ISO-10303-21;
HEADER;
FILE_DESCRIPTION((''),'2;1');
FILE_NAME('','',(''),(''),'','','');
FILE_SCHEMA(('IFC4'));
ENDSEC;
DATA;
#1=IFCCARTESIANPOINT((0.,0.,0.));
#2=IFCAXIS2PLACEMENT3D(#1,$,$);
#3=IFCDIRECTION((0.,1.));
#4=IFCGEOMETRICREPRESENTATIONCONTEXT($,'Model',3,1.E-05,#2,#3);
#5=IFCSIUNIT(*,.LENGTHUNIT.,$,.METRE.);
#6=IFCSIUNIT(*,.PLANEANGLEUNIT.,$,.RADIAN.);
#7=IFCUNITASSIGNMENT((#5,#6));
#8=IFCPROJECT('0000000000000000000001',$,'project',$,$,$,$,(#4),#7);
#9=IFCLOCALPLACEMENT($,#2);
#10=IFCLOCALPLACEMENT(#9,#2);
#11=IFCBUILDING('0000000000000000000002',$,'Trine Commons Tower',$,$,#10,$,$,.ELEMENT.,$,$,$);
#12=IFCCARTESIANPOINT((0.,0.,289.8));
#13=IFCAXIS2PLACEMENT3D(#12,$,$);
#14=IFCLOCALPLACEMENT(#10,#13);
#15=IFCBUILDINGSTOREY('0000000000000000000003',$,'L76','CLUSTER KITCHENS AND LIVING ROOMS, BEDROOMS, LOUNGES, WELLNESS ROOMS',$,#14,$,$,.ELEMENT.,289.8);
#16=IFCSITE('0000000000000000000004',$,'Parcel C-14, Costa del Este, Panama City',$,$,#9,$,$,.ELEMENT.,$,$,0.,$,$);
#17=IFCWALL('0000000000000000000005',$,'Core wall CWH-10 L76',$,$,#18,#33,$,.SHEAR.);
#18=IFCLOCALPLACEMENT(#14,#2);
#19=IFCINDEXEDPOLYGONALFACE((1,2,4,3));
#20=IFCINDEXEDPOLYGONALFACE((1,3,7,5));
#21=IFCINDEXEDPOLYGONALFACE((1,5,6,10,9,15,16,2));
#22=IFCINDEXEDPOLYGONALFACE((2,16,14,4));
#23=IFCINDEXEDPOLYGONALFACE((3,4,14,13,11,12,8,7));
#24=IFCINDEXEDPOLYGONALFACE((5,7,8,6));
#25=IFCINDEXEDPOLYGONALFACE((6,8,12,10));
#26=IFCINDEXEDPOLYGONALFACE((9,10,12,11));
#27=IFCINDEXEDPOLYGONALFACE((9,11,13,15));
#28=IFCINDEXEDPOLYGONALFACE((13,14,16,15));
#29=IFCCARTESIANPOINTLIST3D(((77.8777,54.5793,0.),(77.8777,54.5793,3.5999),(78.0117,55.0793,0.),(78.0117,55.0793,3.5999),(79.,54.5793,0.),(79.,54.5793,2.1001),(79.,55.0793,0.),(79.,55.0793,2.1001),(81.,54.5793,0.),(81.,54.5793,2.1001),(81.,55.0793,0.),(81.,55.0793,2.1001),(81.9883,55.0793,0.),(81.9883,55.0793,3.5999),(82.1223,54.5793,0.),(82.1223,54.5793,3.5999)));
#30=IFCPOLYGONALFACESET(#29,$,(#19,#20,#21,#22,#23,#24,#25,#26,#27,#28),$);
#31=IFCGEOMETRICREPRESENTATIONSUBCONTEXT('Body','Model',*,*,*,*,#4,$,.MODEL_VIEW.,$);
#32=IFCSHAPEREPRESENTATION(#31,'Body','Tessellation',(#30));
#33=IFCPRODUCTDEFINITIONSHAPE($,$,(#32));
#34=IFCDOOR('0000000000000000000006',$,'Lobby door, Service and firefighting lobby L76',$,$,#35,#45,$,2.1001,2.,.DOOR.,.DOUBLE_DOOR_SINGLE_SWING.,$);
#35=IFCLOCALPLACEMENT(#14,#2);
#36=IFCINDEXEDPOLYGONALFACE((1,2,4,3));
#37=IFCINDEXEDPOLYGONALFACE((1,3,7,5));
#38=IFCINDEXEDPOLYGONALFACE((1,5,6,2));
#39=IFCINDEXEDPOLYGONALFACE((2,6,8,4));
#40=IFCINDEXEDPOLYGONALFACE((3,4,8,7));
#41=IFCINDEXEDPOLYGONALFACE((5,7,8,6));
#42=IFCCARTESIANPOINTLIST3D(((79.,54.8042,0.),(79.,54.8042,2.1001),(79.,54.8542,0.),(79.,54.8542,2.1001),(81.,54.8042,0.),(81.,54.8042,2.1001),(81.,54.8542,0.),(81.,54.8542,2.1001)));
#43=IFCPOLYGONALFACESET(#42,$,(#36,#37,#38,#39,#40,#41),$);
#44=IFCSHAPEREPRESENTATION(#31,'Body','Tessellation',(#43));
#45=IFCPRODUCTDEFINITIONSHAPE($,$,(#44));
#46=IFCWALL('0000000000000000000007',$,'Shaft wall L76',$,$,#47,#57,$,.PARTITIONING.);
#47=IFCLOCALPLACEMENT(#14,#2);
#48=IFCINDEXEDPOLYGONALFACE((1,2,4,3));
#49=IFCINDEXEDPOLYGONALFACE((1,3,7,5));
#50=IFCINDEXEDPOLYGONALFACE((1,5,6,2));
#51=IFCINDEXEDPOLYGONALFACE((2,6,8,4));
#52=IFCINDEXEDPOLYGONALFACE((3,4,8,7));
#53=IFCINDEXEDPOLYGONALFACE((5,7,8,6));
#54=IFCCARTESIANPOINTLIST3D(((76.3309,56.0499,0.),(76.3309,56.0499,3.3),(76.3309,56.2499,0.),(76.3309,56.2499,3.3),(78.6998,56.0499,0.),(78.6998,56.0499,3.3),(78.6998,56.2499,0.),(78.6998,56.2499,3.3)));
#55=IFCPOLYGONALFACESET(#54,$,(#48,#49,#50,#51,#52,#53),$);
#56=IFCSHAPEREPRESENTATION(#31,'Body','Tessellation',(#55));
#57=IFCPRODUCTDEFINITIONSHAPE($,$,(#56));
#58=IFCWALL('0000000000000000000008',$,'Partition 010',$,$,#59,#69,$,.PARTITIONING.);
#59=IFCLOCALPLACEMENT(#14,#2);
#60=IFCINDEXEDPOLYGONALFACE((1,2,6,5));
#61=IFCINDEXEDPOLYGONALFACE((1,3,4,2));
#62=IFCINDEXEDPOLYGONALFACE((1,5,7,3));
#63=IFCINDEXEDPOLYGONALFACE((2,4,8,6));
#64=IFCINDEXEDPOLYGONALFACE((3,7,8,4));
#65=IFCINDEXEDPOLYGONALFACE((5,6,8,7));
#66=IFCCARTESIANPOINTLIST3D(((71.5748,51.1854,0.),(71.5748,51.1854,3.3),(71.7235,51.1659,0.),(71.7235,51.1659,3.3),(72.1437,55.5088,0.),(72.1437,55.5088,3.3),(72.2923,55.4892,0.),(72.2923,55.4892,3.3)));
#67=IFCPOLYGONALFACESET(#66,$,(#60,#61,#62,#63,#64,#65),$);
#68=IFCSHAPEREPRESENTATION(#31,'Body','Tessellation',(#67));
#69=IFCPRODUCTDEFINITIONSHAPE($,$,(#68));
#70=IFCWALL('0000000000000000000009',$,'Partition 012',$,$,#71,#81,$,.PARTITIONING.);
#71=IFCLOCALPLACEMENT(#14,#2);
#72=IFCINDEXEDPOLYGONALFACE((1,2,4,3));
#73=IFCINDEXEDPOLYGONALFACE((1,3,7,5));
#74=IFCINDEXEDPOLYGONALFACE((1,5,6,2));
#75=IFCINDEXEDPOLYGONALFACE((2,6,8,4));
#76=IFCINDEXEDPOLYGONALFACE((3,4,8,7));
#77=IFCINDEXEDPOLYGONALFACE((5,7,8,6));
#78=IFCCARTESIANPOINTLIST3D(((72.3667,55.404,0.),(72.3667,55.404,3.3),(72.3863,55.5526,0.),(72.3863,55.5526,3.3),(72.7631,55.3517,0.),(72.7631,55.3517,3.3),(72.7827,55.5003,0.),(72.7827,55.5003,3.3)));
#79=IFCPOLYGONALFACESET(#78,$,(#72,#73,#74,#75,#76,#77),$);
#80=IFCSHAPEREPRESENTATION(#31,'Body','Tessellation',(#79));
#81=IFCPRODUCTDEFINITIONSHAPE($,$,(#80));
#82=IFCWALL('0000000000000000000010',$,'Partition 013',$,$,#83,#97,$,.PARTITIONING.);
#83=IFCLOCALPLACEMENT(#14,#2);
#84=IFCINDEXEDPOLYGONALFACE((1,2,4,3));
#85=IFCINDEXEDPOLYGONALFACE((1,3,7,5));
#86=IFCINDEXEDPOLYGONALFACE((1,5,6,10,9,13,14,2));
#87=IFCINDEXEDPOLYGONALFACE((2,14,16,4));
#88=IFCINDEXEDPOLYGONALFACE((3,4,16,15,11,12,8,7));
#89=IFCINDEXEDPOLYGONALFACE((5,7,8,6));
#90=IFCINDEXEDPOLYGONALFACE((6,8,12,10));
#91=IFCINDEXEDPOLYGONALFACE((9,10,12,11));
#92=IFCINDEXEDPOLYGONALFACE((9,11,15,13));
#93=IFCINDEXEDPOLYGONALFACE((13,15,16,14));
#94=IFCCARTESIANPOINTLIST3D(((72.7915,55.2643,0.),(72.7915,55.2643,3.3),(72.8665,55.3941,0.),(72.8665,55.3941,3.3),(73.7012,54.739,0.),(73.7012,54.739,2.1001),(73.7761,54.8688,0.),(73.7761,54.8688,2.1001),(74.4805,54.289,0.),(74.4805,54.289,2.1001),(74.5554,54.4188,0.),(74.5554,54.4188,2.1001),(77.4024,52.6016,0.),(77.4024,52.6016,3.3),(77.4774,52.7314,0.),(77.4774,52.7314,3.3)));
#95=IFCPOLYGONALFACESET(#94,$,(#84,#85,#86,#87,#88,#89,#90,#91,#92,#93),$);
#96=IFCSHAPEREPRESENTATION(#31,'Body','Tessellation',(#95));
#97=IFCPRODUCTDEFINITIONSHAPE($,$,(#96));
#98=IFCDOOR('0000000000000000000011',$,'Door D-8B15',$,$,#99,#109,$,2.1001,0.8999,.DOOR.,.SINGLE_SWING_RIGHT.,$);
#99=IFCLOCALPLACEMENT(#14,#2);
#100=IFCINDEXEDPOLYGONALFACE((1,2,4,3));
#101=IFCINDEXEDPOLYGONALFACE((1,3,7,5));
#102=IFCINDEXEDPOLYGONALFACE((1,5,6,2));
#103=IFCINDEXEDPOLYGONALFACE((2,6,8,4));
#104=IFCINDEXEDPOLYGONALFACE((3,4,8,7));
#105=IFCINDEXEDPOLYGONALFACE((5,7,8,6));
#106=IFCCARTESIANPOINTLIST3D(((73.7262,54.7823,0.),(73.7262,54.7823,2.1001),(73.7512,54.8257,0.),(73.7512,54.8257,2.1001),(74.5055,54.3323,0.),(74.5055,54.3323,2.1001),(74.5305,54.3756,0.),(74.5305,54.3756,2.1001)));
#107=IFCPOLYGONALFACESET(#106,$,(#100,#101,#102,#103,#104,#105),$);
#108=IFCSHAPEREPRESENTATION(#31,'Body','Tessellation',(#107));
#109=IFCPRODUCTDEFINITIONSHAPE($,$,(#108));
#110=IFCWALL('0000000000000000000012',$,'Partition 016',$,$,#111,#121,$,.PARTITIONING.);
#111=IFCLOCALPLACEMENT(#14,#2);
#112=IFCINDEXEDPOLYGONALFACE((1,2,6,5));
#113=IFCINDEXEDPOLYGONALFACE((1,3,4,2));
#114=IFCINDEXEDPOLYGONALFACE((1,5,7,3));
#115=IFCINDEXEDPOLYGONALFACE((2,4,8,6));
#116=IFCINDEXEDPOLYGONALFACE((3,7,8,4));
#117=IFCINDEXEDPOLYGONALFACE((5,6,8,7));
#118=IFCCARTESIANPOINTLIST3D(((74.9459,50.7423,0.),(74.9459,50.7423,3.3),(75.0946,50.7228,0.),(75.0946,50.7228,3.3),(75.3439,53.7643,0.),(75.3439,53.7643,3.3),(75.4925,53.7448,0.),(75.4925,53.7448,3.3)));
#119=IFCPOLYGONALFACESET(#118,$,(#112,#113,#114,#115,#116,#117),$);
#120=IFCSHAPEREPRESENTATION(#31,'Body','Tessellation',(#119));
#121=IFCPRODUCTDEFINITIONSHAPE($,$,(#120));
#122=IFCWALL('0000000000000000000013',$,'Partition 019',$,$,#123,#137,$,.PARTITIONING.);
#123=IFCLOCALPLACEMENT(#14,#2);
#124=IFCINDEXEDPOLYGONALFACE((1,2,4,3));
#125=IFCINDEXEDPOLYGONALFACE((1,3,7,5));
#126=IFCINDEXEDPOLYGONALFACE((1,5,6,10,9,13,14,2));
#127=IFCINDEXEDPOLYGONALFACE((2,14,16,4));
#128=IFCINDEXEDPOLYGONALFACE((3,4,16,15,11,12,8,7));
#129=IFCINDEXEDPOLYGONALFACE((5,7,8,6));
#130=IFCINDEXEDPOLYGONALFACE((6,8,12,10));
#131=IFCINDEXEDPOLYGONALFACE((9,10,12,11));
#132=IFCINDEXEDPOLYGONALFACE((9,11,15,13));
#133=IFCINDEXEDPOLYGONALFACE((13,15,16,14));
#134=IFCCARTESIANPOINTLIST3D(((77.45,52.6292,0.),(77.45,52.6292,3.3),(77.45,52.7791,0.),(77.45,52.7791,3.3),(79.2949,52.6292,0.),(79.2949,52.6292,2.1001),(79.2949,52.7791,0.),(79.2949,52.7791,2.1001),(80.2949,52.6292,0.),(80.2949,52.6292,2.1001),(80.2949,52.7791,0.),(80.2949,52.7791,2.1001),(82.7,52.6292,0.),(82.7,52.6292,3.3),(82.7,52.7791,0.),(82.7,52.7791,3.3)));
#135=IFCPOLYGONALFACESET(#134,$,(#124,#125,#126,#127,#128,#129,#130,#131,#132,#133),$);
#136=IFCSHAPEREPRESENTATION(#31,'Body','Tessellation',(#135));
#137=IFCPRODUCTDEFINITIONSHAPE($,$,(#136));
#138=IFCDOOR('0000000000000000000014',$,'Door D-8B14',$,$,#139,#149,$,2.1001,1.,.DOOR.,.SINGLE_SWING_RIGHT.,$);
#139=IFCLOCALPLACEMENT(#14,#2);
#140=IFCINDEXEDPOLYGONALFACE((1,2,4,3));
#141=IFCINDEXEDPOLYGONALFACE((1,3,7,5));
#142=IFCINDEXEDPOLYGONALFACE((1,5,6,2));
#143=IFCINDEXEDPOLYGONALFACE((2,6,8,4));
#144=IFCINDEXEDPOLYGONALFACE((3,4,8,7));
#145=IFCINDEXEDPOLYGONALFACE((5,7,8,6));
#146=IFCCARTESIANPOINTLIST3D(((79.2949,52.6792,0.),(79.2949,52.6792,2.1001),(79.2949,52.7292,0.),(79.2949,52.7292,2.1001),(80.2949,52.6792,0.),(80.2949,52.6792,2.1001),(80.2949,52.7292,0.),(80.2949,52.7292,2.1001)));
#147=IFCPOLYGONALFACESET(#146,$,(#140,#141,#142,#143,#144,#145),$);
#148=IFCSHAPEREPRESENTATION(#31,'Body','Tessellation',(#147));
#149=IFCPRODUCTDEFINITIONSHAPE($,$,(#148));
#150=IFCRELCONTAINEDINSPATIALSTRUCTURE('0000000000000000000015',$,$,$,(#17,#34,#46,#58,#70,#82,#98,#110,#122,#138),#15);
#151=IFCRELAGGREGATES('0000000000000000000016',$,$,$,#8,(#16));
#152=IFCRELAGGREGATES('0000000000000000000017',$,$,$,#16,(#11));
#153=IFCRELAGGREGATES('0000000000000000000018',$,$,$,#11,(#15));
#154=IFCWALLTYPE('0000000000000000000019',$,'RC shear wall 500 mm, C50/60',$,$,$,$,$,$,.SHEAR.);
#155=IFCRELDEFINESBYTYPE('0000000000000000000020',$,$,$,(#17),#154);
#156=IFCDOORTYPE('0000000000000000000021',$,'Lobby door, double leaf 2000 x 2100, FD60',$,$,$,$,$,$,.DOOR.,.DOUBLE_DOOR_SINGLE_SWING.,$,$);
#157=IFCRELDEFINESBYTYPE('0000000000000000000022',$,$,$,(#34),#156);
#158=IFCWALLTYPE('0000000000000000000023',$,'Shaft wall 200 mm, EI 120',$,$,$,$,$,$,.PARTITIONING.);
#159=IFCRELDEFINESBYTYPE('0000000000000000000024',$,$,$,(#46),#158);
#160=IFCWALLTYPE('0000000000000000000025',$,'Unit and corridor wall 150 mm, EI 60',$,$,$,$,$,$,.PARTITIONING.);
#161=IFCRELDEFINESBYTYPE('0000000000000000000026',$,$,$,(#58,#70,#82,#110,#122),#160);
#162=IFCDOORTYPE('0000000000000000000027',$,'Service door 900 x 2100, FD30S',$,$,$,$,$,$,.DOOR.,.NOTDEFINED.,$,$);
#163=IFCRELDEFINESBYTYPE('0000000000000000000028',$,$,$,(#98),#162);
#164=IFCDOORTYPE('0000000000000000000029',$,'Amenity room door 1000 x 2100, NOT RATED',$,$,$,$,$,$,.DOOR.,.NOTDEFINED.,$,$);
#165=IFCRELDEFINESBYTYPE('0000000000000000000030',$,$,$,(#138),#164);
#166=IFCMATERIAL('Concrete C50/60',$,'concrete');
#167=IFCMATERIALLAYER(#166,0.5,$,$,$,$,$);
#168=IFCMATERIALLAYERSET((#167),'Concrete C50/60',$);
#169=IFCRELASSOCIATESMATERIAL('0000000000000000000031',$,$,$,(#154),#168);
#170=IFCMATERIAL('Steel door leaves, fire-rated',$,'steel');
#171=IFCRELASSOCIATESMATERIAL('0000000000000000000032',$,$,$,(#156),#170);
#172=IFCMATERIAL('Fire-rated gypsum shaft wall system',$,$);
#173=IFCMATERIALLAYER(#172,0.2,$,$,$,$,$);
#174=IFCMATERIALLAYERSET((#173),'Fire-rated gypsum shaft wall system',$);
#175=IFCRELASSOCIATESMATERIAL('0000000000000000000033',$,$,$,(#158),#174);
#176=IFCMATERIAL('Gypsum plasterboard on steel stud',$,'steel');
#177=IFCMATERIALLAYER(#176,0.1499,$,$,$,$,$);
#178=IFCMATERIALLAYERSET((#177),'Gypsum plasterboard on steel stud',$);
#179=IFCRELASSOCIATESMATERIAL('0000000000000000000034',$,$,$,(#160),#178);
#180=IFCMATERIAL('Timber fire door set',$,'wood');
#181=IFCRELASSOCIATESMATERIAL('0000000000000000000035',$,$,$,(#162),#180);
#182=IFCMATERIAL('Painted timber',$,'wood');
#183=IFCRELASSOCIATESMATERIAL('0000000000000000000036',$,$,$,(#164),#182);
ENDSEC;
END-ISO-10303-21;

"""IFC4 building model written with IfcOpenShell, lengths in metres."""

from ifc_helpers import new_model, si_unit, direction, frame, frame_2d, origin, place, context, subcontext, project, spatial, polyline, rectangle, outline, extrude, material, layer, layer_set, type_object, element, fill, save


model = new_model("IFC4")

# Units and contexts
model_context = context("Model", 3, precision=1e-05, world=origin(), true_north=direction((0.0, 1.0)))
body_context = subcontext(model_context, "Body", "Model", "MODEL_VIEW")
ifc_project = project(units=[si_unit("LENGTHUNIT", "METRE"), si_unit("PLANEANGLEUNIT", "RADIAN")], contexts=[model_context])

# Site, building, storey
site_placement = place(None, origin())
site = spatial("IfcSite", under=ifc_project, at=site_placement, Name="Parcel C-14, Costa del Este, Panama City", CompositionType="ELEMENT", RefElevation=0.0)
building_placement = place(site_placement, origin())
building = spatial("IfcBuilding", under=site, at=building_placement, Name="Trine Commons Tower", CompositionType="ELEMENT")
storey_placement = place(building_placement, frame((0.0, 0.0, 289.8)))
storey = spatial("IfcBuildingStorey", under=building, at=storey_placement, Name="L76", Description="CLUSTER KITCHENS AND LIVING ROOMS, BEDROOMS, LOUNGES, WELLNESS ROOMS", CompositionType="ELEMENT", Elevation=289.8)

# Shared definitions
ifc_material_1 = material(Name="Concrete C50/60", Category="concrete")

# Shared definitions
ifc_layer_1 = layer(ifc_material_1, 0.5)
ifc_layer_set_1 = layer_set([ifc_layer_1], Name="Concrete C50/60")
wall_type_1 = type_object("IfcWallType", Name="RC shear wall 500 mm, C50/60", PredefinedType="SHEAR", material=ifc_layer_set_1)

# Wall, opening, door
wall_1_placement = place(storey_placement, frame((77.8777, 54.8293, 0.0), z_axis=(0.0, 0.0, 1.0), x_axis=(1.0, 0.0, 0.0)))
wall_1 = element("IfcWall", 1, at=wall_1_placement, inside=storey, type_object=wall_type_1, Name="Core wall CWH-10 L76", PredefinedType="SHEAR", context=body_context, shape_type="SweptSolid", body=[
    extrude(outline(polyline([(0.0, -0.25), (4.2446, -0.25), (4.1106, 0.25), (0.134, 0.25), (0.0, -0.25)])), origin(), (0.0, 0.0, 1.0), 3.5999),
])
opening_1_placement = place(wall_1_placement, frame((1.1223, 0.0, 0.0)))
opening_1 = element("IfcOpeningElement", 2, at=opening_1_placement, cuts=wall_1, PredefinedType="OPENING", context=body_context, shape_type="SweptSolid", body=[
    extrude(rectangle(XDim=2.0, YDim=2.1001, at=frame_2d((1.0, 1.05))), frame((0.0, 0.26, 0.0), z_axis=(0.0, -1.0, 0.0), x_axis=(1.0, 0.0, 0.0)), (0.0, 0.0, 1.0), 0.52),
])
ifc_material_2 = material(Name="Steel door leaves, fire-rated", Category="steel")
door_type_1 = type_object("IfcDoorType", Name="Lobby door, double leaf 2000 x 2100, FD60", OperationType="DOUBLE_DOOR_SINGLE_SWING", PredefinedType="DOOR", material=ifc_material_2)
door_1_placement = place(opening_1_placement, origin())
door_1 = element("IfcDoor", 3, at=door_1_placement, inside=storey, type_object=door_type_1, Name="Lobby door, Service and firefighting lobby L76", OperationType="DOUBLE_DOOR_SINGLE_SWING", OverallHeight=2.1001, OverallWidth=2.0, PredefinedType="DOOR", context=body_context, shape_type="SweptSolid", body=[
    extrude(rectangle(XDim=2.0, YDim=2.1001, at=frame_2d((1.0, 1.05))), frame((0.0, 0.0249, 0.0), z_axis=(0.0, -1.0, 0.0), x_axis=(1.0, 0.0, 0.0)), (0.0, 0.0, 1.0), 0.05),
])
fill(opening_1, door_1)

# Walls
ifc_material_3 = material(Name="Fire-rated gypsum shaft wall system")
ifc_layer_2 = layer(ifc_material_3, 0.2)
ifc_layer_set_2 = layer_set([ifc_layer_2], Name="Fire-rated gypsum shaft wall system")
wall_type_2 = type_object("IfcWallType", Name="Shaft wall 200 mm, EI 120", PredefinedType="PARTITIONING", material=ifc_layer_set_2)
wall_2_placement = place(storey_placement, frame((78.7, 56.1499, 0.0), z_axis=(0.0, 0.0, 1.0), x_axis=(-1.0, 0.0, 0.0)))
element("IfcWall", 4, at=wall_2_placement, inside=storey, type_object=wall_type_2, Name="Shaft wall L76", PredefinedType="PARTITIONING", context=body_context, shape_type="SweptSolid", body=[
    extrude(rectangle(XDim=2.3689, YDim=0.2, at=frame_2d((1.1846, 0.0))), origin(), (0.0, 0.0, 1.0), 3.3),
])
ifc_material_4 = material(Name="Gypsum plasterboard on steel stud", Category="steel")
ifc_layer_3 = layer(ifc_material_4, 0.1499)
ifc_layer_set_3 = layer_set([ifc_layer_3], Name="Gypsum plasterboard on steel stud")
wall_type_3 = type_object("IfcWallType", Name="Unit and corridor wall 150 mm, EI 60", PredefinedType="PARTITIONING", material=ifc_layer_set_3)
wall_3_placement = place(storey_placement, frame((71.6492, 51.1758, 0.0), z_axis=(0.0, 0.0, 1.0), x_axis=(0.130455, 0.991454, 0.0)))
element("IfcWall", 5, at=wall_3_placement, inside=storey, type_object=wall_type_3, Name="Partition 010", PredefinedType="PARTITIONING", context=body_context, shape_type="SweptSolid", body=[
    extrude(rectangle(XDim=4.3606, YDim=0.1499, at=frame_2d((2.1802, 0.0))), origin(), (0.0, 0.0, 1.0), 3.3),
])
wall_4_placement = place(storey_placement, frame((72.3765, 55.4783, 0.0), z_axis=(0.0, 0.0, 1.0), x_axis=(0.991429, -0.130644, 0.0)))
element("IfcWall", 6, at=wall_4_placement, inside=storey, type_object=wall_type_3, Name="Partition 012", PredefinedType="PARTITIONING", context=body_context, shape_type="SweptSolid", body=[
    extrude(rectangle(XDim=0.3999, YDim=0.1499, at=frame_2d((0.2, 0.0))), origin(), (0.0, 0.0, 1.0), 3.3),
])

# Wall, opening, door
wall_5_placement = place(storey_placement, frame((72.8291, 55.3291, 0.0), z_axis=(0.0, 0.0, 1.0), x_axis=(0.865982, -0.500074, 0.0)))
wall_5 = element("IfcWall", 7, at=wall_5_placement, inside=storey, type_object=wall_type_3, Name="Partition 013", PredefinedType="PARTITIONING", context=body_context, shape_type="SweptSolid", body=[
    extrude(rectangle(XDim=5.3245, YDim=0.1499, at=frame_2d((2.6621, 0.0))), origin(), (0.0, 0.0, 1.0), 3.3),
])
opening_2_placement = place(wall_5_placement, frame((1.0503, 0.0, 0.0)))
opening_2 = element("IfcOpeningElement", 8, at=opening_2_placement, cuts=wall_5, PredefinedType="OPENING", context=body_context, shape_type="SweptSolid", body=[
    extrude(rectangle(XDim=0.8999, YDim=2.1001, at=frame_2d((0.45, 1.05))), frame((0.0, 0.085, 0.0), z_axis=(0.0, -1.0, 0.0), x_axis=(1.0, 0.0, 0.0)), (0.0, 0.0, 1.0), 0.1699),
])
ifc_material_5 = material(Name="Timber fire door set", Category="wood")
door_type_2 = type_object("IfcDoorType", Name="Service door 900 x 2100, FD30S", OperationType="NOTDEFINED", PredefinedType="DOOR", material=ifc_material_5)
door_2_placement = place(opening_2_placement, frame((0.8999, 0.0, 0.0), z_axis=(0.0, 0.0, 1.0), x_axis=(-1.0, 0.0, 0.0)))
door_2 = element("IfcDoor", 9, at=door_2_placement, inside=storey, type_object=door_type_2, Name="Door D-8B15", OperationType="SINGLE_SWING_RIGHT", OverallHeight=2.1001, OverallWidth=0.8999, PredefinedType="DOOR", context=body_context, shape_type="SweptSolid", body=[
    extrude(rectangle(XDim=0.8999, YDim=2.1001, at=frame_2d((0.45, 1.05))), frame((0.0, 0.0249, 0.0), z_axis=(0.0, -1.0, 0.0), x_axis=(1.0, 0.0, 0.0)), (0.0, 0.0, 1.0), 0.05),
])
fill(opening_2, door_2)

# Wall
wall_6_placement = place(storey_placement, frame((75.0203, 50.7327, 0.0), z_axis=(0.0, 0.0, 1.0), x_axis=(0.130558, 0.991441, 0.0)))
element("IfcWall", 10, at=wall_6_placement, inside=storey, type_object=wall_type_3, Name="Partition 016", PredefinedType="PARTITIONING", context=body_context, shape_type="SweptSolid", body=[
    extrude(rectangle(XDim=3.0481, YDim=0.1499, at=frame_2d((1.5239, 0.0))), origin(), (0.0, 0.0, 1.0), 3.3),
])

# Wall, opening, door
wall_7_placement = place(storey_placement, frame((77.45, 52.7041, 0.0), z_axis=(0.0, 0.0, 1.0), x_axis=(1.0, 0.0, 0.0)))
wall_7 = element("IfcWall", 11, at=wall_7_placement, inside=storey, type_object=wall_type_3, Name="Partition 019", PredefinedType="PARTITIONING", context=body_context, shape_type="SweptSolid", body=[
    extrude(rectangle(XDim=5.25, YDim=0.1499, at=frame_2d((2.625, 0.0))), origin(), (0.0, 0.0, 1.0), 3.3),
])
opening_3_placement = place(wall_7_placement, frame((1.845, 0.0, 0.0)))
opening_3 = element("IfcOpeningElement", 12, at=opening_3_placement, cuts=wall_7, PredefinedType="OPENING", context=body_context, shape_type="SweptSolid", body=[
    extrude(rectangle(XDim=1.0, YDim=2.1001, at=frame_2d((0.5, 1.05))), frame((0.0, 0.085, 0.0), z_axis=(0.0, -1.0, 0.0), x_axis=(1.0, 0.0, 0.0)), (0.0, 0.0, 1.0), 0.1699),
])
ifc_material_6 = material(Name="Painted timber", Category="wood")
door_type_3 = type_object("IfcDoorType", Name="Amenity room door 1000 x 2100, NOT RATED", OperationType="NOTDEFINED", PredefinedType="DOOR", material=ifc_material_6)
door_3_placement = place(opening_3_placement, frame((1.0, 0.0, 0.0), z_axis=(0.0, 0.0, 1.0), x_axis=(-1.0, 0.0, 0.0)))
door_3 = element("IfcDoor", 13, at=door_3_placement, inside=storey, type_object=door_type_3, Name="Door D-8B14", OperationType="SINGLE_SWING_RIGHT", OverallHeight=2.1001, OverallWidth=1.0, PredefinedType="DOOR", context=body_context, shape_type="SweptSolid", body=[
    extrude(rectangle(XDim=1.0, YDim=2.1001, at=frame_2d((0.5, 1.05))), frame((0.0, 0.0249, 0.0), z_axis=(0.0, -1.0, 0.0), x_axis=(1.0, 0.0, 0.0)), (0.0, 0.0, 1.0), 0.05),
])
fill(opening_3, door_3)

save(model, "model.ifc")
